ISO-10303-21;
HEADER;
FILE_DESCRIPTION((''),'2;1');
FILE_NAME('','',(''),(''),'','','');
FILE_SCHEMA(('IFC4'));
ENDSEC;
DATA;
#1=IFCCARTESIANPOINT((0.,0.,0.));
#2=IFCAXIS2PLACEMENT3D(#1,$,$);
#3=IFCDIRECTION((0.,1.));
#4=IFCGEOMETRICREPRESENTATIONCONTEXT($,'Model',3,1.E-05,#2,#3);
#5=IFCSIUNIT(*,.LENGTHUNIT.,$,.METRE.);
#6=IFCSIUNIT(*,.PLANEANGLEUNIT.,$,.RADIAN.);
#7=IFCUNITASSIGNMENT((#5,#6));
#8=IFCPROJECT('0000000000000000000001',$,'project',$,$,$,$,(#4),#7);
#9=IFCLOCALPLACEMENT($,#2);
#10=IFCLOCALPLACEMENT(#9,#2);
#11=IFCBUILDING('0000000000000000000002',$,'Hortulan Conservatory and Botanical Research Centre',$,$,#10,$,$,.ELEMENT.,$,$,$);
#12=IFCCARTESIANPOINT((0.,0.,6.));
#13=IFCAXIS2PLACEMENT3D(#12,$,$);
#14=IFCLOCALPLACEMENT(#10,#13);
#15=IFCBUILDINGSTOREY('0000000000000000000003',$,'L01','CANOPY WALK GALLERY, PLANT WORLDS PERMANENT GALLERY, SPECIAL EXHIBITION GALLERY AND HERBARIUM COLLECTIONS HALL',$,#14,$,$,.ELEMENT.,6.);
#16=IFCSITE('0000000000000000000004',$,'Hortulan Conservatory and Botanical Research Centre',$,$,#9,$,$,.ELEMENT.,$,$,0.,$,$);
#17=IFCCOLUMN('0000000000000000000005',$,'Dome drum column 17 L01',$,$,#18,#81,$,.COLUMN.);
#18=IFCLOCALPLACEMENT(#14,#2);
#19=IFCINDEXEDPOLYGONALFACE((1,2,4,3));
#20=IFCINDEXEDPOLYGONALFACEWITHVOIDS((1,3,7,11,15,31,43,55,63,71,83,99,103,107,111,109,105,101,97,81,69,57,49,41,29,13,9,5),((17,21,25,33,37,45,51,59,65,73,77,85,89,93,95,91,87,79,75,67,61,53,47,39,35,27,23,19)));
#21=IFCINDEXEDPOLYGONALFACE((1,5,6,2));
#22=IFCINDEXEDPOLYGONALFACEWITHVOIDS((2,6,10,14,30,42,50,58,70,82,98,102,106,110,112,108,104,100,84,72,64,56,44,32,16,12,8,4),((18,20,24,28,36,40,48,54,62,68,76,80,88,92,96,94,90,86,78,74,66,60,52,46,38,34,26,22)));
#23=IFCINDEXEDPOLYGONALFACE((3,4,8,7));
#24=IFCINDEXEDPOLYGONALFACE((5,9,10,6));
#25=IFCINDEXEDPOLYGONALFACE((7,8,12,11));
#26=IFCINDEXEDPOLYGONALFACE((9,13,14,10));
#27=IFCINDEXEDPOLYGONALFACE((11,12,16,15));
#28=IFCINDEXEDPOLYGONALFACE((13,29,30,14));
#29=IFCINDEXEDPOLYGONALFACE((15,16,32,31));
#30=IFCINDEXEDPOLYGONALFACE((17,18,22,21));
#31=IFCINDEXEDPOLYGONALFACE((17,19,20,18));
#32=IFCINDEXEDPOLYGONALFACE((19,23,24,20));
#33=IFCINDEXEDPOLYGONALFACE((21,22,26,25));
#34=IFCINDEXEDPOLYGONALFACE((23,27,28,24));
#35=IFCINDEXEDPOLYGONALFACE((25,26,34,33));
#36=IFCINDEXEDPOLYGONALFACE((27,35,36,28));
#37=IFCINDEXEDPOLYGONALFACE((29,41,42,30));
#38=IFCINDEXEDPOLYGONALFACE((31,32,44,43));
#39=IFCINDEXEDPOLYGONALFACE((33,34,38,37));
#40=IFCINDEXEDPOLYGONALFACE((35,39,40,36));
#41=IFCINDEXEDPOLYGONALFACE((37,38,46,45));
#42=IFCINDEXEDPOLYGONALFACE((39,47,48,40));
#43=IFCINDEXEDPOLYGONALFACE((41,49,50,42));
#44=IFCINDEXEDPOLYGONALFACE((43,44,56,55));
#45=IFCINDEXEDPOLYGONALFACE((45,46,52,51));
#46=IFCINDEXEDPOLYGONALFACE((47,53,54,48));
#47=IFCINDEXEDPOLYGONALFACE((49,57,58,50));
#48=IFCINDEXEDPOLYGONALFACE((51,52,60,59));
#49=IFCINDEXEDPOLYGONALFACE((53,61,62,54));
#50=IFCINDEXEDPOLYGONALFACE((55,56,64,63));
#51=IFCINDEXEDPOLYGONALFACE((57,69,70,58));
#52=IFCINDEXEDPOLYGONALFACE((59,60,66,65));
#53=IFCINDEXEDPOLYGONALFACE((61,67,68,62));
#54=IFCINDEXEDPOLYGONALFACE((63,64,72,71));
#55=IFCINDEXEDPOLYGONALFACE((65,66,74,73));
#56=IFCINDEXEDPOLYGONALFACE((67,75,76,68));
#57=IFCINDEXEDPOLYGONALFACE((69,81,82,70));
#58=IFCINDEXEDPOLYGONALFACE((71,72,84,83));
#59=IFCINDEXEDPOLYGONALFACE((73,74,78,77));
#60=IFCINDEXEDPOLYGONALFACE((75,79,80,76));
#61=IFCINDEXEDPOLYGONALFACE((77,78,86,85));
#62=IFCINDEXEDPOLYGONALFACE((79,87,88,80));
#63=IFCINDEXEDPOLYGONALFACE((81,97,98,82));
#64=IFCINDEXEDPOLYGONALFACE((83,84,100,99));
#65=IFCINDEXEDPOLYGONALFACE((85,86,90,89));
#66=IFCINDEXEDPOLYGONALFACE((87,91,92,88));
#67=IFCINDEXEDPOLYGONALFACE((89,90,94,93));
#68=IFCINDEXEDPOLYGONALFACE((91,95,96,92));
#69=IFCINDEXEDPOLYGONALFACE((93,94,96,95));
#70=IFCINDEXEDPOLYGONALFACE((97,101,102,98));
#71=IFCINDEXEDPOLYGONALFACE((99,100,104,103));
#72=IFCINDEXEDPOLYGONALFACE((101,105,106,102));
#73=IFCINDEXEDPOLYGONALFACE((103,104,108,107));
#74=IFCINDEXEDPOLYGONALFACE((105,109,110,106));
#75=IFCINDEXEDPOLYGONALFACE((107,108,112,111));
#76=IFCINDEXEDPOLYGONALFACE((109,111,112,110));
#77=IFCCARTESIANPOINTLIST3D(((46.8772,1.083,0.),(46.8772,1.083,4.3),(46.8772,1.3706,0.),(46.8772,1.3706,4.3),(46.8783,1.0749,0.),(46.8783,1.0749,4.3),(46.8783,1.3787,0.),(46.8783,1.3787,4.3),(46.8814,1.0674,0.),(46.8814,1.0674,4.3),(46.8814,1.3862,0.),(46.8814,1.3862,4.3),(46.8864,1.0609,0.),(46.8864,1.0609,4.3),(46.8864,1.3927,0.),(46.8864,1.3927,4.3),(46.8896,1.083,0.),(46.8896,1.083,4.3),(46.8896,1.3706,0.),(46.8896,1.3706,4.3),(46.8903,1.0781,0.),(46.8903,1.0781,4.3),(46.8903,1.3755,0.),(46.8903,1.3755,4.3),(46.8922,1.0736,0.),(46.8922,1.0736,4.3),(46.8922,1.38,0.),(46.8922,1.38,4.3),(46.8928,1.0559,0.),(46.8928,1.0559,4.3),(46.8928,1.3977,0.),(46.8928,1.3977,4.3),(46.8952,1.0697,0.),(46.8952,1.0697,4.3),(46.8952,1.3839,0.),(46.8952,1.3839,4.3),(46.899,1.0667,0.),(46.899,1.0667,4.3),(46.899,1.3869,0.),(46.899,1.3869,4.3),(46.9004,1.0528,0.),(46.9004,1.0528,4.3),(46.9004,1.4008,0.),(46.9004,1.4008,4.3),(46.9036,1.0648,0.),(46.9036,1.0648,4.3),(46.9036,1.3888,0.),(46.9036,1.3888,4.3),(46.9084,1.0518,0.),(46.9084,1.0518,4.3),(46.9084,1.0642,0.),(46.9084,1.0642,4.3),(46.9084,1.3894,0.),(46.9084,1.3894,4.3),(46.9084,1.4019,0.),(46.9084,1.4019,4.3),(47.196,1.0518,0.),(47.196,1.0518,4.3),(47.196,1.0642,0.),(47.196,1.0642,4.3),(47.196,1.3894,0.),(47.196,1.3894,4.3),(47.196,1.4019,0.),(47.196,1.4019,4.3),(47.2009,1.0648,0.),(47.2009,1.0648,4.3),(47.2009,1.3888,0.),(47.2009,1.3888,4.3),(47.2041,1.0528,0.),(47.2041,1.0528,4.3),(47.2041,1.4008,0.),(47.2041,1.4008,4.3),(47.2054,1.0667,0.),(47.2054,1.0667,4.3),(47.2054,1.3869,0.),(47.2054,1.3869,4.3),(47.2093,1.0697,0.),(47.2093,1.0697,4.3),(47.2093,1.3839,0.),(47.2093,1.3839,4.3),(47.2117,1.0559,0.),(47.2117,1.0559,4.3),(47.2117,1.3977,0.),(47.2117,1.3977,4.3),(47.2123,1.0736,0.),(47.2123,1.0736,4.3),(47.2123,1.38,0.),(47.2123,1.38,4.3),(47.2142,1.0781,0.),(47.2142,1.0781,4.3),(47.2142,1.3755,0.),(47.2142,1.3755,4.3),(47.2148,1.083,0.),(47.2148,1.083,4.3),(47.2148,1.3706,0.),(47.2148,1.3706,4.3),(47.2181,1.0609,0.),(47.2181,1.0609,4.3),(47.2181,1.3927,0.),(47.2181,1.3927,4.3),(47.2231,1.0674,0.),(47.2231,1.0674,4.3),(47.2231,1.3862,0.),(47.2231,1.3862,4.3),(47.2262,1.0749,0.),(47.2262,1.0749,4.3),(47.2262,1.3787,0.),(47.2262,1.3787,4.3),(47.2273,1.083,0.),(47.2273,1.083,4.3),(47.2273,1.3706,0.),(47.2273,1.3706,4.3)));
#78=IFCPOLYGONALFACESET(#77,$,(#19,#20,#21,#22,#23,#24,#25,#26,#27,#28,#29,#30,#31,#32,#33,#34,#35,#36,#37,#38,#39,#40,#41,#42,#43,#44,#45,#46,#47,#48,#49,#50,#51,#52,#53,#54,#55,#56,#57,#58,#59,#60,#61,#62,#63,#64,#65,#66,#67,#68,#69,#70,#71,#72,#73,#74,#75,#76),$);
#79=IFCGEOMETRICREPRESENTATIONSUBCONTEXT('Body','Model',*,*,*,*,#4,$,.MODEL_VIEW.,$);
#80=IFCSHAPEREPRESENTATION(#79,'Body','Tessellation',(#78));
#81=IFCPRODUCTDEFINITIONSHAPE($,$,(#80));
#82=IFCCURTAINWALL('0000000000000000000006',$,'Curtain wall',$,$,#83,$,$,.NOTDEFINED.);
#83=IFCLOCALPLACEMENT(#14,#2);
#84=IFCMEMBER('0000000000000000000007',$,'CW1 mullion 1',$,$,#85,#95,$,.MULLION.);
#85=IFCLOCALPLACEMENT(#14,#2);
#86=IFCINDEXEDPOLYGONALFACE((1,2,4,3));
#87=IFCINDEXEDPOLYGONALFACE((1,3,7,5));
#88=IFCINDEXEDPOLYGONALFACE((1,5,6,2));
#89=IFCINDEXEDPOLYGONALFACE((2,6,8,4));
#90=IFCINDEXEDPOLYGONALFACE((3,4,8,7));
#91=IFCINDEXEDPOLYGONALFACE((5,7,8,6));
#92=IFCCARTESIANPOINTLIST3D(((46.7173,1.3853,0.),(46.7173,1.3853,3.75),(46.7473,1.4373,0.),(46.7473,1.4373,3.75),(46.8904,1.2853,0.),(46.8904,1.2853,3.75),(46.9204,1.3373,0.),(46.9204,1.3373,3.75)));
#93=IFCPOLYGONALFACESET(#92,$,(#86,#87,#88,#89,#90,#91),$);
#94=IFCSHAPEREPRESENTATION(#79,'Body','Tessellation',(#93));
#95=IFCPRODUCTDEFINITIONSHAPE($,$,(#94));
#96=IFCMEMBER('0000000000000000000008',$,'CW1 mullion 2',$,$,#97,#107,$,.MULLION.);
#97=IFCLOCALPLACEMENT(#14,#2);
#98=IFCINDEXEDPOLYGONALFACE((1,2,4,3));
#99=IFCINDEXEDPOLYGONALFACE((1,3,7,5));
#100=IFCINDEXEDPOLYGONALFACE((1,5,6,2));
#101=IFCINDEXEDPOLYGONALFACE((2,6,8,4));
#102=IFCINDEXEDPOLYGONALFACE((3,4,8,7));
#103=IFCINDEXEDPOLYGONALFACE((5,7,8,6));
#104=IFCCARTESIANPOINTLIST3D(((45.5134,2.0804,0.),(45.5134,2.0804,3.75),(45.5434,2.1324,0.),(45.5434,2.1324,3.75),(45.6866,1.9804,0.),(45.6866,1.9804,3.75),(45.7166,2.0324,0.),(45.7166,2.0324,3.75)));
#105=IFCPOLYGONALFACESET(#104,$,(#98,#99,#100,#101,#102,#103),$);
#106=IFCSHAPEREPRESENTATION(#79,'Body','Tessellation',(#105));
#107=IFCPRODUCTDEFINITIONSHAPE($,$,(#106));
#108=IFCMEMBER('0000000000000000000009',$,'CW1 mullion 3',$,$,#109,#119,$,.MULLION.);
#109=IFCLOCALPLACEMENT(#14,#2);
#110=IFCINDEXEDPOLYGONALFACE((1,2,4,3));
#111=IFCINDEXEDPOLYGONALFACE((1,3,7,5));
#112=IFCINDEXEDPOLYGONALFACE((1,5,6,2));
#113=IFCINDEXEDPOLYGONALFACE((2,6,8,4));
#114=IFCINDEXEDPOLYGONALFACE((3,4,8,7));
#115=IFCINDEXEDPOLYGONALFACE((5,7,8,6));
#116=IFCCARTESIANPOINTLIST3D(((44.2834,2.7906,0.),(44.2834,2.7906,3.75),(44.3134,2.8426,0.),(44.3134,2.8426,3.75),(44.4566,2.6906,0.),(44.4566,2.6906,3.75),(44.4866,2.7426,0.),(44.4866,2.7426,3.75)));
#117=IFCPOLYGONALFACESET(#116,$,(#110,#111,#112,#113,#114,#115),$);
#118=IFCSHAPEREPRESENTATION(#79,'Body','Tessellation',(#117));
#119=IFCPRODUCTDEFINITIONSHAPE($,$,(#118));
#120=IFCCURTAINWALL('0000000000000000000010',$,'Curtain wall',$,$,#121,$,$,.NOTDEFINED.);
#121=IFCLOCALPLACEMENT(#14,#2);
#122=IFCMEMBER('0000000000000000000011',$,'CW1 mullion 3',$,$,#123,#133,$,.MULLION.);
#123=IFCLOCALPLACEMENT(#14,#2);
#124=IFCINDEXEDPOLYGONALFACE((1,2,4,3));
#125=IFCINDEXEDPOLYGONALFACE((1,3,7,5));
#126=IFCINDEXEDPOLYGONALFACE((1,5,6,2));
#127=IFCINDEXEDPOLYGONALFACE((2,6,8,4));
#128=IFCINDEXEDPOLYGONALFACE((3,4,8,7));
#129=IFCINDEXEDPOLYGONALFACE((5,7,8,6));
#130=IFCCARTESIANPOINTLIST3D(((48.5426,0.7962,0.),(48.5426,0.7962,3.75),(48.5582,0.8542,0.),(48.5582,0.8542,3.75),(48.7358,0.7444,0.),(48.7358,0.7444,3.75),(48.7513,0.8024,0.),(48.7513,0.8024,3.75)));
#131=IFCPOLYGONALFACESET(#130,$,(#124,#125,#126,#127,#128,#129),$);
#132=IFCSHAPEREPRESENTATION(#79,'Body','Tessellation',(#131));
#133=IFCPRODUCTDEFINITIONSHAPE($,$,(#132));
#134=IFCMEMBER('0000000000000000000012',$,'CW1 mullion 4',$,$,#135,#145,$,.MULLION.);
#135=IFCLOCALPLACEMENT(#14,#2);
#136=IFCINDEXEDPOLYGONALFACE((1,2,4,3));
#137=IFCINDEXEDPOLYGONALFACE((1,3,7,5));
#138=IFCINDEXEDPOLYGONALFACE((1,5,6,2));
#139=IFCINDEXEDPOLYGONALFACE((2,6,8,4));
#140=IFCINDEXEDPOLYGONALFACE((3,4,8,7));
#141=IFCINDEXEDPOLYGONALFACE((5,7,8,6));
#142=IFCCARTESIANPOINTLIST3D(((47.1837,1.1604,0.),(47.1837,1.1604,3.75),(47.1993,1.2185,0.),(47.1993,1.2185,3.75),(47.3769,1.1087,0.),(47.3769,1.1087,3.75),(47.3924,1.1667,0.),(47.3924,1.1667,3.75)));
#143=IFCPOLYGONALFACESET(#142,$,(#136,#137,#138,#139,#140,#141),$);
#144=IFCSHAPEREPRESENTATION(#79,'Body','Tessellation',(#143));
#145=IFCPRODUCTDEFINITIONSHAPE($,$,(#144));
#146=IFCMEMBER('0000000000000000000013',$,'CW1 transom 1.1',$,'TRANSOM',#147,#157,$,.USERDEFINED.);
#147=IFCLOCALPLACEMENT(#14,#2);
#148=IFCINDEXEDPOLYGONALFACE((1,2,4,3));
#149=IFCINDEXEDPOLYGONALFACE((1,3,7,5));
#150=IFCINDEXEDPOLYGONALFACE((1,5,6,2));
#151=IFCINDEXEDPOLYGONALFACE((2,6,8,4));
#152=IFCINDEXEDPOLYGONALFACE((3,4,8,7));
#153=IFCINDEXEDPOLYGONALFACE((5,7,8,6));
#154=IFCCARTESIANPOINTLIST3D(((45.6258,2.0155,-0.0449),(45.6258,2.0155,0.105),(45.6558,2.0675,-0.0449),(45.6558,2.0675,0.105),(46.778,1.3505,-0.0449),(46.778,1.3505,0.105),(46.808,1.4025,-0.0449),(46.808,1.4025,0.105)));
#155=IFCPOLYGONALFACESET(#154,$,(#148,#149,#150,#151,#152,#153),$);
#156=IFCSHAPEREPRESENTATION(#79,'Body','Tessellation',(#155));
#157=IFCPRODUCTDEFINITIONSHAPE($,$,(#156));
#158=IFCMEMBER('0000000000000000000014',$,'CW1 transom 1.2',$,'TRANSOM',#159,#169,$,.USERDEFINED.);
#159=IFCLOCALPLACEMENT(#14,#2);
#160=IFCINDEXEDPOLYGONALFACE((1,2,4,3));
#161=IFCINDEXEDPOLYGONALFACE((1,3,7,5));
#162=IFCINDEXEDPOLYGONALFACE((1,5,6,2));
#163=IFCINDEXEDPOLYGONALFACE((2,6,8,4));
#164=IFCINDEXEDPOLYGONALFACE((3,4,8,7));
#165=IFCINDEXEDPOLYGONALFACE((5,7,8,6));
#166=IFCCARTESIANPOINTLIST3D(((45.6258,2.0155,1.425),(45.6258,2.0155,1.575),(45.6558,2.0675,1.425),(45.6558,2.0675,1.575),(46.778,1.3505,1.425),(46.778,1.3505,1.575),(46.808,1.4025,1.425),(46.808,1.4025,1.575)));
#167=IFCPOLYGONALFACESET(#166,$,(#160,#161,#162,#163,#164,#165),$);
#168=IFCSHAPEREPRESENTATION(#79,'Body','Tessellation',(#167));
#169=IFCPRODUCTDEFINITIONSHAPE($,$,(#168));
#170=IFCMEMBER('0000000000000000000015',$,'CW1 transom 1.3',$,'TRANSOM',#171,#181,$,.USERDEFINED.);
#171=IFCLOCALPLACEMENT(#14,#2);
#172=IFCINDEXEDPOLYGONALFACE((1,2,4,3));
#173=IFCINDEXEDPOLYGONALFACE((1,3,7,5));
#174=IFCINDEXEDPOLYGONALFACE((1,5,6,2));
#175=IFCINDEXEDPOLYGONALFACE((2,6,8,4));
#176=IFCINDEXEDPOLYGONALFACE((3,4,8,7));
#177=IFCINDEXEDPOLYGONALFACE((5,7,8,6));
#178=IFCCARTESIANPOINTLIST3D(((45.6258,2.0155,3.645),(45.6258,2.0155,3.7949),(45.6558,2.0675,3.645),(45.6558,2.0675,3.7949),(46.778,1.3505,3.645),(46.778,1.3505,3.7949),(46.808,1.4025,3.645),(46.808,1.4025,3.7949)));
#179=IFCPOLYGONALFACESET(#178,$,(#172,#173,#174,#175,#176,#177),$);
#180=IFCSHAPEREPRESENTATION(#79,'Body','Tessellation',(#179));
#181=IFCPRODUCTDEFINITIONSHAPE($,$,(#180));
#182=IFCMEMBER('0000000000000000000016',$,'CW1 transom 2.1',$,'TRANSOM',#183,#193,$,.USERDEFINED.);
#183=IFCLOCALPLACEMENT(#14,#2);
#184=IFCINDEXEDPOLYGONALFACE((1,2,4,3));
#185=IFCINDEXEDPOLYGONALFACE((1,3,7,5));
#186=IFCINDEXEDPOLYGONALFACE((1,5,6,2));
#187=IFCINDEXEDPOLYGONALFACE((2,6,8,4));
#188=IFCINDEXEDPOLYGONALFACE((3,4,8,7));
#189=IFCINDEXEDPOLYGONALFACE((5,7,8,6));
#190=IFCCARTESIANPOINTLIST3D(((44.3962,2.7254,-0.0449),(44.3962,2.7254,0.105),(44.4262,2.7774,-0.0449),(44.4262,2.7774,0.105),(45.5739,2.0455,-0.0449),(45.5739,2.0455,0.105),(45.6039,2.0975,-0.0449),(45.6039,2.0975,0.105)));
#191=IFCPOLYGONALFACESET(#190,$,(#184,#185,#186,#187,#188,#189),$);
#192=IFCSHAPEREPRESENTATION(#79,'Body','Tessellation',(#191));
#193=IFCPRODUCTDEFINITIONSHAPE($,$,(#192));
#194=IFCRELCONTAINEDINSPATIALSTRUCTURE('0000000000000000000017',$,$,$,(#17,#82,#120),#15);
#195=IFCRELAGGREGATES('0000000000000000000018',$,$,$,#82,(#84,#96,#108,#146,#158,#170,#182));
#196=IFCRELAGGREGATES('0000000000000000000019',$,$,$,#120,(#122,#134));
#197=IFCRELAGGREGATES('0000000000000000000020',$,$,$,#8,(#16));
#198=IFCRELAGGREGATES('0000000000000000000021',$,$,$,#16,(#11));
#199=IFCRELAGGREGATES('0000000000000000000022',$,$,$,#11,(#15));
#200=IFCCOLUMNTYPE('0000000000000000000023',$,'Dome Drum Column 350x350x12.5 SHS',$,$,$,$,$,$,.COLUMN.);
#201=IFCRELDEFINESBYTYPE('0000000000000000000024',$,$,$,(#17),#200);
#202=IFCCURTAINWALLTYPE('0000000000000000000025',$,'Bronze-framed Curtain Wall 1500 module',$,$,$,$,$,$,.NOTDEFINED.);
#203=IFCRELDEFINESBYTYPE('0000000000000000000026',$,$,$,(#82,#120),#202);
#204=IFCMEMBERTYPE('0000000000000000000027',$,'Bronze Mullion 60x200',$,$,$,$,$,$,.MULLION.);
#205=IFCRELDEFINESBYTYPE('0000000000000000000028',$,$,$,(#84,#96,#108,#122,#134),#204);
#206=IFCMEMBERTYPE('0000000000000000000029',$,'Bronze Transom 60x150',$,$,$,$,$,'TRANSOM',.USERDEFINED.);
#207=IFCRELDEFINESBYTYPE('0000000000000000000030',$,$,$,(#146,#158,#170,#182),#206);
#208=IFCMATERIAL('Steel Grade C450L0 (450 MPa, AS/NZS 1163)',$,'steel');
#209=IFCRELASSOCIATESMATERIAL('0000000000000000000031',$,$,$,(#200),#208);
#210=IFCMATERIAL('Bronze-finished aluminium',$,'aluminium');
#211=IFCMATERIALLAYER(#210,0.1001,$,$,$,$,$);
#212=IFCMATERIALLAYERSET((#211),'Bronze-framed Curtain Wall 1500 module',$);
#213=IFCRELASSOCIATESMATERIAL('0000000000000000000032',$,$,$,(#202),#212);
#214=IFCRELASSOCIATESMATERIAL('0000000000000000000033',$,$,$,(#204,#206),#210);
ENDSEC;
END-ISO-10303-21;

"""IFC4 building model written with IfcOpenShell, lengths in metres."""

from ifc_helpers import new_model, si_unit, direction, frame, origin, origin_2d, place, context, subcontext, project, spatial, rectangle, hollow_rectangle, extrude, material, layer, layer_set, material_profile, profile_set, type_object, element, aggregate, save


model = new_model("IFC4")

# Units and contexts
model_context = context("Model", 3, precision=1e-05, world=origin(), true_north=direction((0.0, 1.0)))
body_context = subcontext(model_context, "Body", "Model", "MODEL_VIEW")
ifc_project = project(units=[si_unit("LENGTHUNIT", "METRE"), si_unit("PLANEANGLEUNIT", "RADIAN")], contexts=[model_context])

# Site, building, storey
site_placement = place(None, origin())
site = spatial("IfcSite", under=ifc_project, at=site_placement, Name="Hortulan Conservatory and Botanical Research Centre", CompositionType="ELEMENT", RefElevation=0.0)
building_placement = place(site_placement, origin())
building = spatial("IfcBuilding", under=site, at=building_placement, Name="Hortulan Conservatory and Botanical Research Centre", CompositionType="ELEMENT")
storey_placement = place(building_placement, frame((0.0, 0.0, 6.0)))
storey = spatial("IfcBuildingStorey", under=building, at=storey_placement, Name="L01", Description="CANOPY WALK GALLERY, PLANT WORLDS PERMANENT GALLERY, SPECIAL EXHIBITION GALLERY AND HERBARIUM COLLECTIONS HALL", CompositionType="ELEMENT", Elevation=6.0)

# Column
ifc_material_1 = material(Name="Steel Grade C450L0 (450 MPa, AS/NZS 1163)", Category="steel")
ifc_material_profile_1 = material_profile(ifc_material_1, hollow_rectangle(XDim=0.3501, YDim=0.3501, WallThickness=0.0125, InnerFilletRadius=0.0188, OuterFilletRadius=0.0312, at=origin_2d()), Name="350x350x12.5SHS")
ifc_profile_set_1 = profile_set([ifc_material_profile_1], Name="Steel Grade C450L0 (450 MPa, AS/NZS 1163)")
column_type = type_object("IfcColumnType", Name="Dome Drum Column 350x350x12.5 SHS", PredefinedType="COLUMN", material=ifc_profile_set_1)
column_placement = place(storey_placement, frame((47.0522, 1.2268, 0.0), z_axis=(0.0, 0.0, 1.0), x_axis=(1.0, 0.0, 0.0)))
element("IfcColumn", 1, at=column_placement, inside=storey, type_object=column_type, Name="Dome drum column 17 L01", PredefinedType="COLUMN", context=body_context, shape_type="SweptSolid", body=[
    extrude(hollow_rectangle(XDim=0.3501, YDim=0.3501, WallThickness=0.0125, InnerFilletRadius=0.0188, OuterFilletRadius=0.0312, at=origin_2d()), origin(), (0.0, 0.0, 1.0), 4.3),
])

# Curtain walls, members
ifc_material_2 = material(Name="Bronze-finished aluminium", Category="aluminium")
ifc_layer_1 = layer(ifc_material_2, 0.1001)
ifc_layer_set_1 = layer_set([ifc_layer_1], Name="Bronze-framed Curtain Wall 1500 module")
curtain_wall_type = type_object("IfcCurtainWallType", Name="Bronze-framed Curtain Wall 1500 module", PredefinedType="NOTDEFINED", material=ifc_layer_set_1)
curtain_wall_1_placement = place(storey_placement, origin())
curtain_wall_1 = element("IfcCurtainWall", 2, at=curtain_wall_1_placement, inside=storey, type_object=curtain_wall_type, Name="Curtain wall", PredefinedType="NOTDEFINED")
ifc_material_profile_2 = material_profile(ifc_material_2, rectangle(XDim=0.0601, YDim=0.2, at=origin_2d()), Name="Bronze Mullion 60x200")
ifc_profile_set_2 = profile_set([ifc_material_profile_2], Name="Bronze-finished aluminium")
member_type_1 = type_object("IfcMemberType", Name="Bronze Mullion 60x200", PredefinedType="MULLION", material=ifc_profile_set_2)
member_1_placement = place(storey_placement, frame((46.8188, 1.3613, 0.0), z_axis=(0.0, 0.0, 1.0), x_axis=(-0.499981, -0.866036, 0.0)))
member_1 = element("IfcMember", 3, at=member_1_placement, type_object=member_type_1, Name="CW1 mullion 1", PredefinedType="MULLION", context=body_context, shape_type="SweptSolid", body=[
    extrude(rectangle(XDim=0.0601, YDim=0.2, at=origin_2d()), origin(), (0.0, 0.0, 1.0), 3.75),
])
member_2_placement = place(storey_placement, frame((45.615, 2.0564, 0.0), z_axis=(0.0, 0.0, 1.0), x_axis=(-0.499981, -0.866036, 0.0)))
member_2 = element("IfcMember", 4, at=member_2_placement, type_object=member_type_1, Name="CW1 mullion 2", PredefinedType="MULLION", context=body_context, shape_type="SweptSolid", body=[
    extrude(rectangle(XDim=0.0601, YDim=0.2, at=origin_2d()), origin(), (0.0, 0.0, 1.0), 3.75),
])
member_3_placement = place(storey_placement, frame((44.385, 2.7666, 0.0), z_axis=(0.0, 0.0, 1.0), x_axis=(-0.499981, -0.866036, 0.0)))
member_3 = element("IfcMember", 5, at=member_3_placement, type_object=member_type_1, Name="CW1 mullion 3", PredefinedType="MULLION", context=body_context, shape_type="SweptSolid", body=[
    extrude(rectangle(XDim=0.0601, YDim=0.2, at=origin_2d()), origin(), (0.0, 0.0, 1.0), 3.75),
])
curtain_wall_2_placement = place(storey_placement, origin())
curtain_wall_2 = element("IfcCurtainWall", 6, at=curtain_wall_2_placement, inside=storey, type_object=curtain_wall_type, Name="Curtain wall", PredefinedType="NOTDEFINED")
member_4_placement = place(storey_placement, frame((48.647, 0.7993, 0.0), z_axis=(0.0, 0.0, 1.0), x_axis=(-0.258832, -0.965922, 0.0)))
member_4 = element("IfcMember", 7, at=member_4_placement, type_object=member_type_1, Name="CW1 mullion 3", PredefinedType="MULLION", context=body_context, shape_type="SweptSolid", body=[
    extrude(rectangle(XDim=0.0601, YDim=0.2, at=origin_2d()), origin(), (0.0, 0.0, 1.0), 3.75),
])
member_5_placement = place(storey_placement, frame((47.2881, 1.1636, 0.0), z_axis=(0.0, 0.0, 1.0), x_axis=(-0.258832, -0.965922, 0.0)))
member_5 = element("IfcMember", 8, at=member_5_placement, type_object=member_type_1, Name="CW1 mullion 4", PredefinedType="MULLION", context=body_context, shape_type="SweptSolid", body=[
    extrude(rectangle(XDim=0.0601, YDim=0.2, at=origin_2d()), origin(), (0.0, 0.0, 1.0), 3.75),
])

# Members
ifc_material_profile_3 = material_profile(ifc_material_2, rectangle(XDim=0.0601, YDim=0.1499, at=origin_2d()), Name="Bronze Transom 60x150")
ifc_profile_set_3 = profile_set([ifc_material_profile_3], Name="Bronze-finished aluminium")
member_type_2 = type_object("IfcMemberType", Name="Bronze Transom 60x150", ElementType="TRANSOM", PredefinedType="USERDEFINED", material=ifc_profile_set_3)
member_6_placement = place(storey_placement, frame((46.793, 1.3765, 0.03), z_axis=(-0.866066, 0.499929, 0.0), x_axis=(-0.499929, -0.866066, 0.0)))
member_6 = element("IfcMember", 9, at=member_6_placement, type_object=member_type_2, Name="CW1 transom 1.1", ObjectType="TRANSOM", PredefinedType="USERDEFINED", context=body_context, shape_type="SweptSolid", body=[
    extrude(rectangle(XDim=0.0601, YDim=0.1499, at=origin_2d()), origin(), (0.0, 0.0, 1.0), 1.3303),
])
member_7_placement = place(storey_placement, frame((46.793, 1.3765, 1.5), z_axis=(-0.866066, 0.499929, 0.0), x_axis=(-0.499929, -0.866066, 0.0)))
member_7 = element("IfcMember", 10, at=member_7_placement, type_object=member_type_2, Name="CW1 transom 1.2", ObjectType="TRANSOM", PredefinedType="USERDEFINED", context=body_context, shape_type="SweptSolid", body=[
    extrude(rectangle(XDim=0.0601, YDim=0.1499, at=origin_2d()), origin(), (0.0, 0.0, 1.0), 1.3303),
])
member_8_placement = place(storey_placement, frame((46.793, 1.3765, 3.72), z_axis=(-0.866066, 0.499929, 0.0), x_axis=(-0.499929, -0.866066, 0.0)))
member_8 = element("IfcMember", 11, at=member_8_placement, type_object=member_type_2, Name="CW1 transom 1.3", ObjectType="TRANSOM", PredefinedType="USERDEFINED", context=body_context, shape_type="SweptSolid", body=[
    extrude(rectangle(XDim=0.0601, YDim=0.1499, at=origin_2d()), origin(), (0.0, 0.0, 1.0), 1.3303),
])
member_9_placement = place(storey_placement, frame((45.5889, 2.0715, 0.03), z_axis=(-0.866036, 0.499981, 0.0), x_axis=(-0.499981, -0.866036, 0.0)))
member_9 = element("IfcMember", 12, at=member_9_placement, type_object=member_type_2, Name="CW1 transom 2.1", ObjectType="TRANSOM", PredefinedType="USERDEFINED", context=body_context, shape_type="SweptSolid", body=[
    extrude(rectangle(XDim=0.0601, YDim=0.1499, at=origin_2d()), origin(), (0.0, 0.0, 1.0), 1.3599),
])

aggregate(curtain_wall_1, [member_1, member_2, member_3, member_6, member_7, member_8, member_9])
aggregate(curtain_wall_2, [member_4, member_5])

save(model, "model.ifc")
